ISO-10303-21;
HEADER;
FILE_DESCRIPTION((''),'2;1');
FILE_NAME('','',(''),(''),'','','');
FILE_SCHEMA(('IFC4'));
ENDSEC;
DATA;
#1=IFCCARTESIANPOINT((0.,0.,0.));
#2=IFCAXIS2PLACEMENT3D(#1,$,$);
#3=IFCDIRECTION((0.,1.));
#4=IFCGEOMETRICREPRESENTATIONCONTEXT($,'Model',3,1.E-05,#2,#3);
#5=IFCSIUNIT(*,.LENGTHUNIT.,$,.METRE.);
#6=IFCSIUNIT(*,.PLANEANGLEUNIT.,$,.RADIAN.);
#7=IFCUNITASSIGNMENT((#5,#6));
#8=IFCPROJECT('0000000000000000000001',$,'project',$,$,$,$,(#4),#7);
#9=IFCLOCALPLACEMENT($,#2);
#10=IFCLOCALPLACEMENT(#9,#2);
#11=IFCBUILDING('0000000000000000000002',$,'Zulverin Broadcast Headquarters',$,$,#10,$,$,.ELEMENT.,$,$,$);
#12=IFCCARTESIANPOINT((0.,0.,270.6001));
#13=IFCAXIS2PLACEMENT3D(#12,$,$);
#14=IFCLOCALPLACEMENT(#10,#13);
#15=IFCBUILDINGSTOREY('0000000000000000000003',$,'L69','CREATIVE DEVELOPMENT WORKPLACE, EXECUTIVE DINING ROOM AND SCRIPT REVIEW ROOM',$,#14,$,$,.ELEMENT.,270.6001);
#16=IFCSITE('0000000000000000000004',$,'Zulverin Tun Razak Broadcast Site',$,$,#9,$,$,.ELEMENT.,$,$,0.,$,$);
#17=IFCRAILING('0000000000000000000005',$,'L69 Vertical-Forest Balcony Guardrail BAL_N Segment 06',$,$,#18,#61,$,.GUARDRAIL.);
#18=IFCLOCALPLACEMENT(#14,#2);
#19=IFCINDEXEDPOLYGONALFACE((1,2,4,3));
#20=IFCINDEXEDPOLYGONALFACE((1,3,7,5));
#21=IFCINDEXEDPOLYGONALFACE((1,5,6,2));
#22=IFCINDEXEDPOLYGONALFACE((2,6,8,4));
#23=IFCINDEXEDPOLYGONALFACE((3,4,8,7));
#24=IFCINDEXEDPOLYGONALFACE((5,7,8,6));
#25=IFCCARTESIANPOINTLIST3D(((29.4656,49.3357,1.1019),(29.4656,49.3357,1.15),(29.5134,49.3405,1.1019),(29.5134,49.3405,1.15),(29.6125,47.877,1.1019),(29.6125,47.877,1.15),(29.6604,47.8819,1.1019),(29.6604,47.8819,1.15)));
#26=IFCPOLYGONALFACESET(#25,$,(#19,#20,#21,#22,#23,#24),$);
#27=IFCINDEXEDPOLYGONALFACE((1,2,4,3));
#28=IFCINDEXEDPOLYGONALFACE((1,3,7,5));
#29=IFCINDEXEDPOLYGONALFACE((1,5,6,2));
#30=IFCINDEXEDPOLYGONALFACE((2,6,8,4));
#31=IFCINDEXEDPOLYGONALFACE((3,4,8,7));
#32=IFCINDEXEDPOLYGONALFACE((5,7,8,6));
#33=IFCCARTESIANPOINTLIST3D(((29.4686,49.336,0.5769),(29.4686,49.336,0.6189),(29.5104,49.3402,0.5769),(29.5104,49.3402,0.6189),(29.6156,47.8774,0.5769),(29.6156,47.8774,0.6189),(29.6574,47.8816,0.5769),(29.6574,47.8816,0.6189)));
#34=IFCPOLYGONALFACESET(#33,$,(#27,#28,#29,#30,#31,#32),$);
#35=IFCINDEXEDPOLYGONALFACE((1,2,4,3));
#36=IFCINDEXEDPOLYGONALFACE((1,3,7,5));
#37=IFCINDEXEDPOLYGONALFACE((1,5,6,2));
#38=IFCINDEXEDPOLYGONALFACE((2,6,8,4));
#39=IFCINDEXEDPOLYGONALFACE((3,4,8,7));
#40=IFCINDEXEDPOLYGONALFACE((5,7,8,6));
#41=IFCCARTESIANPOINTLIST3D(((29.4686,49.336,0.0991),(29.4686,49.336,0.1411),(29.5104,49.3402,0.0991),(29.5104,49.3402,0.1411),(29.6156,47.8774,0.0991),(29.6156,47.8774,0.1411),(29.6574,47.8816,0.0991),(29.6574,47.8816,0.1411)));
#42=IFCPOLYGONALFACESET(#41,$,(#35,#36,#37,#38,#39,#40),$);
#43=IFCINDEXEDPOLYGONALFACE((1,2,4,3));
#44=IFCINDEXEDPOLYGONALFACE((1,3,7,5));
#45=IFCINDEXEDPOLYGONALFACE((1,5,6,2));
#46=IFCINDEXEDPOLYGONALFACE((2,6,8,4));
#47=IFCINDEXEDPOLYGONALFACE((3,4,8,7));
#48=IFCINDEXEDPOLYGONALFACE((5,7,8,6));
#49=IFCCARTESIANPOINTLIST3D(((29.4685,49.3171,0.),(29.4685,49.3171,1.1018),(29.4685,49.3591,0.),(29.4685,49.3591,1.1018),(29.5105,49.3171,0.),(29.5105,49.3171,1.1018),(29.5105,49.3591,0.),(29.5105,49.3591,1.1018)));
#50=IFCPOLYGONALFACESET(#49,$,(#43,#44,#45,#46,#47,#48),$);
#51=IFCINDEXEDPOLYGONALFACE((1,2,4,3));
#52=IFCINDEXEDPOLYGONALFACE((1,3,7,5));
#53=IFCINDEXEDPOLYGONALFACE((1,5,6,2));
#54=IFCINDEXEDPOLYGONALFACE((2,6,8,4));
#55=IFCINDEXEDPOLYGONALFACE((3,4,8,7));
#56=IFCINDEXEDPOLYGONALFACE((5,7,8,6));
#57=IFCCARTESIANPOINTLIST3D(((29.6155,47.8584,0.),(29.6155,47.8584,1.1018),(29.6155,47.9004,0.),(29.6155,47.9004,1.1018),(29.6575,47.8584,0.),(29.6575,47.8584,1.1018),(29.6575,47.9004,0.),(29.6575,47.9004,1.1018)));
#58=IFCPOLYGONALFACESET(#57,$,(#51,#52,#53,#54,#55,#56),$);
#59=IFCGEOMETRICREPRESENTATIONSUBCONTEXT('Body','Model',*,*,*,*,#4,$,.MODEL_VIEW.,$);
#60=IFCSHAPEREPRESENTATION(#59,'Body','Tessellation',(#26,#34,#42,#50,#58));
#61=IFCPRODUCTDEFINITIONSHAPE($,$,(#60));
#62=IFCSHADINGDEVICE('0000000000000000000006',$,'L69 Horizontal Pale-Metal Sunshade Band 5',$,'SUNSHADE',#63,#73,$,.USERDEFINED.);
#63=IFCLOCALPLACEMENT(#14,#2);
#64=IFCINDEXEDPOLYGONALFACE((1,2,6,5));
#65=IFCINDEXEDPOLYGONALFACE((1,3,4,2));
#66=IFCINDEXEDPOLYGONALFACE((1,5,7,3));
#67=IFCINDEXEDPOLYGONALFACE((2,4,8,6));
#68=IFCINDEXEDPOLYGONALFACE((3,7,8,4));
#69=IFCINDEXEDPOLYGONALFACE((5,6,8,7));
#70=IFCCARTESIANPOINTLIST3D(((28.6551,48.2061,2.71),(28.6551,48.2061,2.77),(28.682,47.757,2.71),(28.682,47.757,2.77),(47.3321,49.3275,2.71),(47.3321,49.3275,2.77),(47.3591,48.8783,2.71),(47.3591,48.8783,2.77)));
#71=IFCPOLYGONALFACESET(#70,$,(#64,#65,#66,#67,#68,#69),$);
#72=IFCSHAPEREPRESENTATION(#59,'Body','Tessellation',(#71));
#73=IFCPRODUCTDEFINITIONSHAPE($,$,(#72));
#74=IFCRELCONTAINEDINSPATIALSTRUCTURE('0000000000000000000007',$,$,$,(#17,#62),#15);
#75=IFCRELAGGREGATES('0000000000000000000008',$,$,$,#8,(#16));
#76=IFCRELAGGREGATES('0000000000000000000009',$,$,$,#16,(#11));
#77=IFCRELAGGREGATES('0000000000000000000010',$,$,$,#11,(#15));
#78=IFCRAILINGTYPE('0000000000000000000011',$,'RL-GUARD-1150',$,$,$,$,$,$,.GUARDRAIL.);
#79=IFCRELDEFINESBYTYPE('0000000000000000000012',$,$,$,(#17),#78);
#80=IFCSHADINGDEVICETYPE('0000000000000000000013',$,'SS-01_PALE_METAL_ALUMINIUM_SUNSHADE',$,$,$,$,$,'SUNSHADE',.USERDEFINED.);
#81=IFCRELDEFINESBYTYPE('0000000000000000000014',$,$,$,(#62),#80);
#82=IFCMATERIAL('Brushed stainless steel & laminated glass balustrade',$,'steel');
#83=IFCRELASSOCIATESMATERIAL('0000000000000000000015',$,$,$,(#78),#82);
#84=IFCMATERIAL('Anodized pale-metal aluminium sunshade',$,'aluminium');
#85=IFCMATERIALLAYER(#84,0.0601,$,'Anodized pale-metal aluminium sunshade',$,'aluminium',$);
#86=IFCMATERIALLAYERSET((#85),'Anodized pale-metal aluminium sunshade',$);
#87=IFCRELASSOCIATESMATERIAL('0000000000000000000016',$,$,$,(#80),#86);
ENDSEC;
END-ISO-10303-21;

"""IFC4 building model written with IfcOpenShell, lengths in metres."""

from ifc_helpers import new_model, si_unit, direction, frame, origin, origin_2d, place, context, subcontext, project, spatial, rectangle, extrude, material, layer, layer_set, type_object, element, save


model = new_model("IFC4")

# Units and contexts
model_context = context("Model", 3, precision=1e-05, world=origin(), true_north=direction((0.0, 1.0)))
body_context = subcontext(model_context, "Body", "Model", "MODEL_VIEW")
ifc_project = project(units=[si_unit("LENGTHUNIT", "METRE"), si_unit("PLANEANGLEUNIT", "RADIAN")], contexts=[model_context])

# Site, building, storey
site_placement = place(None, origin())
site = spatial("IfcSite", under=ifc_project, at=site_placement, Name="Zulverin Tun Razak Broadcast Site", CompositionType="ELEMENT", RefElevation=0.0)
building_placement = place(site_placement, origin())
building = spatial("IfcBuilding", under=site, at=building_placement, Name="Zulverin Broadcast Headquarters", CompositionType="ELEMENT")
storey_placement = place(building_placement, frame((0.0, 0.0, 270.6001)))
storey = spatial("IfcBuildingStorey", under=building, at=storey_placement, Name="L69", Description="CREATIVE DEVELOPMENT WORKPLACE, EXECUTIVE DINING ROOM AND SCRIPT REVIEW ROOM", CompositionType="ELEMENT", Elevation=270.6001)

# Railing
ifc_material_1 = material(Name="Brushed stainless steel & laminated glass balustrade", Category="steel")
railing_type = type_object("IfcRailingType", Name="RL-GUARD-1150", PredefinedType="GUARDRAIL", material=ifc_material_1)
railing_1_placement = place(storey_placement, frame((29.4895, 49.3381, 0.0)))
element("IfcRailing", 1, at=railing_1_placement, inside=storey, type_object=railing_type, Name="L69 Vertical-Forest Balcony Guardrail BAL_N Segment 06", PredefinedType="GUARDRAIL", context=body_context, shape_type="SweptSolid", body=[
    extrude(rectangle(XDim=0.0481, YDim=0.0481, at=origin_2d()), frame((0.0, 0.0, 1.126), z_axis=(0.100246, -0.994963, 0.0), x_axis=(0.994963, 0.100246, 0.0)), (0.0, 0.0, 1.0), 1.4661),
    extrude(rectangle(XDim=0.042, YDim=0.042, at=origin_2d()), frame((0.0, 0.0, 0.5979), z_axis=(0.100246, -0.994963, 0.0), x_axis=(0.994963, 0.100246, 0.0)), (0.0, 0.0, 1.0), 1.4661),
    extrude(rectangle(XDim=0.042, YDim=0.042, at=origin_2d()), frame((0.0, 0.0, 0.1201), z_axis=(0.100246, -0.994963, 0.0), x_axis=(0.994963, 0.100246, 0.0)), (0.0, 0.0, 1.0), 1.4661),
    extrude(rectangle(XDim=0.042, YDim=0.042, at=origin_2d()), origin(), (0.0, 0.0, 1.0), 1.1018),
    extrude(rectangle(XDim=0.042, YDim=0.042, at=origin_2d()), frame((0.147, -1.4587, 0.0)), (0.0, 0.0, 1.0), 1.1018),
])

# Shading device
ifc_material_2 = material(Name="Anodized pale-metal aluminium sunshade", Category="aluminium")
ifc_layer_1 = layer(ifc_material_2, 0.0601, Name="Anodized pale-metal aluminium sunshade", Category="aluminium")
ifc_layer_set_1 = layer_set([ifc_layer_1], Name="Anodized pale-metal aluminium sunshade")
shading_device_type = type_object("IfcShadingDeviceType", Name="SS-01_PALE_METAL_ALUMINIUM_SUNSHADE", ElementType="SUNSHADE", PredefinedType="USERDEFINED", material=ifc_layer_set_1)
shading_device_placement = place(storey_placement, frame((38.0071, 48.5422, 2.71), z_axis=(0.0, 0.0, 1.0), x_axis=(-0.998203, -0.05993, 0.0)))
element("IfcShadingDevice", 2, at=shading_device_placement, inside=storey, type_object=shading_device_type, Name="L69 Horizontal Pale-Metal Sunshade Band 5", ObjectType="SUNSHADE", PredefinedType="USERDEFINED", context=body_context, shape_type="SweptSolid", body=[
    extrude(rectangle(XDim=18.7107, YDim=0.45, at=origin_2d()), origin(), (0.0, 0.0, 1.0), 0.0601),
])

save(model, "model.ifc")
